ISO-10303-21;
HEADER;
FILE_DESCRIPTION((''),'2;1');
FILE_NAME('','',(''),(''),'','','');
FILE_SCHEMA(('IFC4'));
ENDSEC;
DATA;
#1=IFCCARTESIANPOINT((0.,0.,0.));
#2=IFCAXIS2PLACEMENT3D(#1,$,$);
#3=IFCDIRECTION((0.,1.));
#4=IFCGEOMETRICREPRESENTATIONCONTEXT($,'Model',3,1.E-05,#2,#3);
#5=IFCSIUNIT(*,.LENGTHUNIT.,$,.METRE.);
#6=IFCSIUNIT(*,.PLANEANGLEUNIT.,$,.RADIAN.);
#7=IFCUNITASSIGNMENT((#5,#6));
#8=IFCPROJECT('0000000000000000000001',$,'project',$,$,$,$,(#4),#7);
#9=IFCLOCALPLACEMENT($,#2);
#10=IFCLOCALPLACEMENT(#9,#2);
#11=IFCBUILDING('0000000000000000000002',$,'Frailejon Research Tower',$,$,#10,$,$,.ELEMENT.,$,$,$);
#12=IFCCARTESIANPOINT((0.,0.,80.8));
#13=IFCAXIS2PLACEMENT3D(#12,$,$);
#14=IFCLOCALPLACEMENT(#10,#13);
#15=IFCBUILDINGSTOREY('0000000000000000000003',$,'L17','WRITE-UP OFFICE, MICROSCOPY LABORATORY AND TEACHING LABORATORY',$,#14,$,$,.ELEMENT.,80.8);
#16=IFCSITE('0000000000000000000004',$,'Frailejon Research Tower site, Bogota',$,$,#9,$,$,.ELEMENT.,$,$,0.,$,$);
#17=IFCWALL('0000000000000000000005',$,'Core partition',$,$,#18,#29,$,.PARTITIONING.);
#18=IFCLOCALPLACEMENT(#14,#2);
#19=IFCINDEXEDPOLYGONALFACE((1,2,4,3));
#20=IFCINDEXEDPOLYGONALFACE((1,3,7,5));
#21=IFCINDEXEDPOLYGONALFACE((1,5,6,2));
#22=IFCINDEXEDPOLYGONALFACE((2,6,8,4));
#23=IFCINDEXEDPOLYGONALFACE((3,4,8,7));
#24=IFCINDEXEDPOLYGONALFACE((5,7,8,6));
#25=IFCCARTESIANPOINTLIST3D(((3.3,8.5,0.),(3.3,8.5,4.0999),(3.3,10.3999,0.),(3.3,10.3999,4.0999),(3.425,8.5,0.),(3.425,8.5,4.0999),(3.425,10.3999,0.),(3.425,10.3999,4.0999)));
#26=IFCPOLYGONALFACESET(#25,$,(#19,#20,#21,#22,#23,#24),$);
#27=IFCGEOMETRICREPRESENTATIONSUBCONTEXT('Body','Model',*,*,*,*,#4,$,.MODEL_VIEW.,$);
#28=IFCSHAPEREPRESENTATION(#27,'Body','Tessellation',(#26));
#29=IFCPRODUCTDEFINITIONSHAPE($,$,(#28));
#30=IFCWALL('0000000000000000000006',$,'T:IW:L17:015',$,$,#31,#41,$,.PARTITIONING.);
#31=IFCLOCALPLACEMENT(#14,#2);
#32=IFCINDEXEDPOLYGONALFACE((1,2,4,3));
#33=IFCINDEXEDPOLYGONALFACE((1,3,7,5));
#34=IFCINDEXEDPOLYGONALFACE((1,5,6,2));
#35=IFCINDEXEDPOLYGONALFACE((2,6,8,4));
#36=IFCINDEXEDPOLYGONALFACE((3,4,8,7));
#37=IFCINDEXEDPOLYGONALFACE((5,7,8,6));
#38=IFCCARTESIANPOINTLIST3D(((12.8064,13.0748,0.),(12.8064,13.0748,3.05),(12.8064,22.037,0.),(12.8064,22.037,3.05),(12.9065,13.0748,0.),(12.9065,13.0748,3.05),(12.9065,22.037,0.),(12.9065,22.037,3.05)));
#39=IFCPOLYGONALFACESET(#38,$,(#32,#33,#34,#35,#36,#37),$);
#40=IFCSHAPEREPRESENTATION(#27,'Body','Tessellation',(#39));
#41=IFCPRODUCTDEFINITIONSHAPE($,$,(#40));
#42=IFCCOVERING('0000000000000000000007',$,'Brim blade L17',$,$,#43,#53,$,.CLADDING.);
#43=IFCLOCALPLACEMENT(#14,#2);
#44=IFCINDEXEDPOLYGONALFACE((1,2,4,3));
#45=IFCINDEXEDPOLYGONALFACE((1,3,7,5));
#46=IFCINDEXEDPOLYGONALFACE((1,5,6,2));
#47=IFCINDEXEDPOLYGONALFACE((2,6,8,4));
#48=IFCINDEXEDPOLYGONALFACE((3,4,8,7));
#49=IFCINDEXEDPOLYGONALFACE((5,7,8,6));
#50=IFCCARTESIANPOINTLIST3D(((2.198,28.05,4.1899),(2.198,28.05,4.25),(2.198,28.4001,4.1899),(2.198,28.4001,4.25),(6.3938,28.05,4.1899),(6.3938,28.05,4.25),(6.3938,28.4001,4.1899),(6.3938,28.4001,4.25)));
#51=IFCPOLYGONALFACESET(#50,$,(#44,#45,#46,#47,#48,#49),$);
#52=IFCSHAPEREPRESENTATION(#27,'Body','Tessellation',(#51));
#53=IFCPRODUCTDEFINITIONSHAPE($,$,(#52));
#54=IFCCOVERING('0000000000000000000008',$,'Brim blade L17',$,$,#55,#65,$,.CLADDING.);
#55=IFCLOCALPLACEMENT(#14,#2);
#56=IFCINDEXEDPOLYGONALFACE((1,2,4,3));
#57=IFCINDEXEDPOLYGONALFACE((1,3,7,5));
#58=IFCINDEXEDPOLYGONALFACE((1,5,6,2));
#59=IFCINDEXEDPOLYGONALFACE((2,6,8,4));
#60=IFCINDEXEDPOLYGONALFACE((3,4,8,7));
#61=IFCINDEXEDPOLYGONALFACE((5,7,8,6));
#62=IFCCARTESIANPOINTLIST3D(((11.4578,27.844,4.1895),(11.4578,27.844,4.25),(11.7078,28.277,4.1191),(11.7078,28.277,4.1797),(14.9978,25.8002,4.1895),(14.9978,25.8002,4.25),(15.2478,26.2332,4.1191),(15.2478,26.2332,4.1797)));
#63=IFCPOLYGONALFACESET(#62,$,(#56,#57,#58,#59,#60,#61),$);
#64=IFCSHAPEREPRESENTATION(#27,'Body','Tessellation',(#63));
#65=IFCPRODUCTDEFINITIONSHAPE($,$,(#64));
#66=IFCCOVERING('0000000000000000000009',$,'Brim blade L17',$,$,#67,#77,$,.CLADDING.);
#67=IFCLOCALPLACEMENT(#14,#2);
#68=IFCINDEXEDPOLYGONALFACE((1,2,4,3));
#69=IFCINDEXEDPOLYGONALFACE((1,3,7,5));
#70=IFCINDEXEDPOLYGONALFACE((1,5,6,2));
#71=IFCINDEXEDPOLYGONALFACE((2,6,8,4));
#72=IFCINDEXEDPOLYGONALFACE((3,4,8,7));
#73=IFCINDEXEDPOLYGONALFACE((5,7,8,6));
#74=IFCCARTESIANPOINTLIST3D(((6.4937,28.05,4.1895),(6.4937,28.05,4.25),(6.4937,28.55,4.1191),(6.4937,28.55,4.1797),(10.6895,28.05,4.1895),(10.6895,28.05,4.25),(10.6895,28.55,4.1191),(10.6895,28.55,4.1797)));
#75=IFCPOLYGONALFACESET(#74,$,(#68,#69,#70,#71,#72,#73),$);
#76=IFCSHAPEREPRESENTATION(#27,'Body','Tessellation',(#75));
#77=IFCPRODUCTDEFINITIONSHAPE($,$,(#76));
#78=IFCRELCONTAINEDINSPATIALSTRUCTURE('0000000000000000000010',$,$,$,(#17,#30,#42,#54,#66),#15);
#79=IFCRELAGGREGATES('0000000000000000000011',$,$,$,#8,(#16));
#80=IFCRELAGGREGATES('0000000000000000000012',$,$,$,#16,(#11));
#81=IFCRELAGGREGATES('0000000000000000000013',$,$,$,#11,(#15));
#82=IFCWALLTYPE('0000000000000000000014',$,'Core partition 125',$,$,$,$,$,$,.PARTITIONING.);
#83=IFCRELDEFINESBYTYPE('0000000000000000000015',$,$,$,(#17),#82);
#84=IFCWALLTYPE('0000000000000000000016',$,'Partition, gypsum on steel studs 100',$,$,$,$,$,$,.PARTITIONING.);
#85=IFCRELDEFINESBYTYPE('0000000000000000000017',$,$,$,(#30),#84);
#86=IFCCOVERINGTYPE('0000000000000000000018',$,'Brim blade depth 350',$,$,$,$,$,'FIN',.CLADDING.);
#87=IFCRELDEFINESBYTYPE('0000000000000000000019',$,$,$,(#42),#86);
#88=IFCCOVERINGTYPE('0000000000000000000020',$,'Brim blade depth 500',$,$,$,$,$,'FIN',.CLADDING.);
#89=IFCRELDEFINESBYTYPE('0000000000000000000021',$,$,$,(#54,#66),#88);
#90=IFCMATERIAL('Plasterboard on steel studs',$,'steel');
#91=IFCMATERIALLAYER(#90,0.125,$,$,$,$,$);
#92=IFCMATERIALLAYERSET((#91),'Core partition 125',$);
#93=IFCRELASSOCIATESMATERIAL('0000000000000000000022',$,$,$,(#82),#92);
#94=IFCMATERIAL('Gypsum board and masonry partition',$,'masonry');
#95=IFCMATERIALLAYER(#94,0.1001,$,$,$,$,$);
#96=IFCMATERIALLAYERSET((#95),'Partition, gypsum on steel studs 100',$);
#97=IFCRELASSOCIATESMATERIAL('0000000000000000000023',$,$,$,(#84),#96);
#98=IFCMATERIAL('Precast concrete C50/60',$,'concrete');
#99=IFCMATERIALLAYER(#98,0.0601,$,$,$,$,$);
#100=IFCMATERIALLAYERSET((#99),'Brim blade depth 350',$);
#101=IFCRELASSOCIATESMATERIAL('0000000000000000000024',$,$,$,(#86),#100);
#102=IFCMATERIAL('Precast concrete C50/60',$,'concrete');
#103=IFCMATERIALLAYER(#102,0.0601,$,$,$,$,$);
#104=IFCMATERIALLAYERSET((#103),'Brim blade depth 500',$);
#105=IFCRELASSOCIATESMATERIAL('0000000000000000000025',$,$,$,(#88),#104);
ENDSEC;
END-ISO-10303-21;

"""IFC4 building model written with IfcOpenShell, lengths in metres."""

from ifc_helpers import new_model, si_unit, direction, frame, frame_2d, origin, place, context, subcontext, project, spatial, polyline, rectangle, outline, extrude, material, layer, layer_set, type_object, element, save


model = new_model("IFC4")

# Units and contexts
model_context = context("Model", 3, precision=1e-05, world=origin(), true_north=direction((0.0, 1.0)))
body_context = subcontext(model_context, "Body", "Model", "MODEL_VIEW")
ifc_project = project(units=[si_unit("LENGTHUNIT", "METRE"), si_unit("PLANEANGLEUNIT", "RADIAN")], contexts=[model_context])

# Site, building, storey
site_placement = place(None, origin())
site = spatial("IfcSite", under=ifc_project, at=site_placement, Name="Frailejon Research Tower site, Bogota", CompositionType="ELEMENT", RefElevation=0.0)
building_placement = place(site_placement, origin())
building = spatial("IfcBuilding", under=site, at=building_placement, Name="Frailejon Research Tower", CompositionType="ELEMENT")
storey_placement = place(building_placement, frame((0.0, 0.0, 80.8)))
storey = spatial("IfcBuildingStorey", under=building, at=storey_placement, Name="L17", Description="WRITE-UP OFFICE, MICROSCOPY LABORATORY AND TEACHING LABORATORY", CompositionType="ELEMENT", Elevation=80.8)

# Walls
ifc_material_1 = material(Name="Plasterboard on steel studs", Category="steel")
ifc_layer_1 = layer(ifc_material_1, 0.125)
ifc_layer_set_1 = layer_set([ifc_layer_1], Name="Core partition 125")
wall_type_1 = type_object("IfcWallType", Name="Core partition 125", PredefinedType="PARTITIONING", material=ifc_layer_set_1)
wall_1_placement = place(storey_placement, frame((3.3625, 8.5, 0.0), z_axis=(0.0, 0.0, 1.0), x_axis=(0.0, 1.0, 0.0)))
element("IfcWall", 1, at=wall_1_placement, inside=storey, type_object=wall_type_1, Name="Core partition", PredefinedType="PARTITIONING", context=body_context, shape_type="SweptSolid", body=[
    extrude(rectangle(XDim=1.8999, YDim=0.125, at=frame_2d((0.95, 0.0))), origin(), (0.0, 0.0, 1.0), 4.0999),
])
ifc_material_2 = material(Name="Gypsum board and masonry partition", Category="masonry")
ifc_layer_2 = layer(ifc_material_2, 0.1001)
ifc_layer_set_2 = layer_set([ifc_layer_2], Name="Partition, gypsum on steel studs 100")
wall_type_2 = type_object("IfcWallType", Name="Partition, gypsum on steel studs 100", PredefinedType="PARTITIONING", material=ifc_layer_set_2)
wall_2_placement = place(storey_placement, frame((12.8564, 13.075, 0.0), z_axis=(0.0, 0.0, 1.0), x_axis=(0.0, 1.0, 0.0)))
element("IfcWall", 2, at=wall_2_placement, inside=storey, type_object=wall_type_2, Name="T:IW:L17:015", PredefinedType="PARTITIONING", context=body_context, shape_type="SweptSolid", body=[
    extrude(rectangle(XDim=8.9622, YDim=0.1001, at=frame_2d((4.481, 0.0))), origin(), (0.0, 0.0, 1.0), 3.05),
])

# Coverings
ifc_material_3 = material(Name="Precast concrete C50/60", Category="concrete")
ifc_layer_3 = layer(ifc_material_3, 0.0601)
ifc_layer_set_3 = layer_set([ifc_layer_3], Name="Brim blade depth 350")
covering_type_1 = type_object("IfcCoveringType", Name="Brim blade depth 350", ElementType="FIN", PredefinedType="CLADDING", material=ifc_layer_set_3)
covering_1_placement = place(storey_placement, frame((2.198, 28.05, 4.25), z_axis=(1.0, 0.0, 0.0), x_axis=(0.0, 1.0, 0.0)))
element("IfcCovering", 3, at=covering_1_placement, inside=storey, type_object=covering_type_1, Name="Brim blade L17", PredefinedType="CLADDING", context=body_context, shape_type="SweptSolid", body=[
    extrude(outline(polyline([(0.0, -0.0601), (0.3501, -0.0601), (0.3501, 0.0), (0.0, 0.0), (0.0, -0.0601)])), origin(), (0.0, 0.0, 1.0), 4.1958),
])
ifc_material_4 = material(Name="Precast concrete C50/60", Category="concrete")
ifc_layer_4 = layer(ifc_material_4, 0.0601)
ifc_layer_set_4 = layer_set([ifc_layer_4], Name="Brim blade depth 500")
covering_type_2 = type_object("IfcCoveringType", Name="Brim blade depth 500", ElementType="FIN", PredefinedType="CLADDING", material=ifc_layer_set_4)
covering_2_placement = place(storey_placement, frame((11.4578, 27.844, 4.25), z_axis=(0.866027, -0.499997, 0.0), x_axis=(0.499997, 0.866027, 0.0)))
element("IfcCovering", 4, at=covering_2_placement, inside=storey, type_object=covering_type_2, Name="Brim blade L17", PredefinedType="CLADDING", context=body_context, shape_type="SweptSolid", body=[
    extrude(outline(polyline([(0.0, -0.0605), (0.5, -0.1309), (0.5, -0.0703), (0.0, 0.0), (0.0, -0.0605)])), origin(), (0.0, 0.0, 1.0), 4.0876),
])
covering_3_placement = place(storey_placement, frame((6.4937, 28.05, 4.25), z_axis=(1.0, 0.0, 0.0), x_axis=(0.0, 1.0, 0.0)))
element("IfcCovering", 5, at=covering_3_placement, inside=storey, type_object=covering_type_2, Name="Brim blade L17", PredefinedType="CLADDING", context=body_context, shape_type="SweptSolid", body=[
    extrude(outline(polyline([(0.0, -0.0605), (0.5, -0.1309), (0.5, -0.0703), (0.0, 0.0), (0.0, -0.0605)])), origin(), (0.0, 0.0, 1.0), 4.1958),
])

save(model, "model.ifc")
